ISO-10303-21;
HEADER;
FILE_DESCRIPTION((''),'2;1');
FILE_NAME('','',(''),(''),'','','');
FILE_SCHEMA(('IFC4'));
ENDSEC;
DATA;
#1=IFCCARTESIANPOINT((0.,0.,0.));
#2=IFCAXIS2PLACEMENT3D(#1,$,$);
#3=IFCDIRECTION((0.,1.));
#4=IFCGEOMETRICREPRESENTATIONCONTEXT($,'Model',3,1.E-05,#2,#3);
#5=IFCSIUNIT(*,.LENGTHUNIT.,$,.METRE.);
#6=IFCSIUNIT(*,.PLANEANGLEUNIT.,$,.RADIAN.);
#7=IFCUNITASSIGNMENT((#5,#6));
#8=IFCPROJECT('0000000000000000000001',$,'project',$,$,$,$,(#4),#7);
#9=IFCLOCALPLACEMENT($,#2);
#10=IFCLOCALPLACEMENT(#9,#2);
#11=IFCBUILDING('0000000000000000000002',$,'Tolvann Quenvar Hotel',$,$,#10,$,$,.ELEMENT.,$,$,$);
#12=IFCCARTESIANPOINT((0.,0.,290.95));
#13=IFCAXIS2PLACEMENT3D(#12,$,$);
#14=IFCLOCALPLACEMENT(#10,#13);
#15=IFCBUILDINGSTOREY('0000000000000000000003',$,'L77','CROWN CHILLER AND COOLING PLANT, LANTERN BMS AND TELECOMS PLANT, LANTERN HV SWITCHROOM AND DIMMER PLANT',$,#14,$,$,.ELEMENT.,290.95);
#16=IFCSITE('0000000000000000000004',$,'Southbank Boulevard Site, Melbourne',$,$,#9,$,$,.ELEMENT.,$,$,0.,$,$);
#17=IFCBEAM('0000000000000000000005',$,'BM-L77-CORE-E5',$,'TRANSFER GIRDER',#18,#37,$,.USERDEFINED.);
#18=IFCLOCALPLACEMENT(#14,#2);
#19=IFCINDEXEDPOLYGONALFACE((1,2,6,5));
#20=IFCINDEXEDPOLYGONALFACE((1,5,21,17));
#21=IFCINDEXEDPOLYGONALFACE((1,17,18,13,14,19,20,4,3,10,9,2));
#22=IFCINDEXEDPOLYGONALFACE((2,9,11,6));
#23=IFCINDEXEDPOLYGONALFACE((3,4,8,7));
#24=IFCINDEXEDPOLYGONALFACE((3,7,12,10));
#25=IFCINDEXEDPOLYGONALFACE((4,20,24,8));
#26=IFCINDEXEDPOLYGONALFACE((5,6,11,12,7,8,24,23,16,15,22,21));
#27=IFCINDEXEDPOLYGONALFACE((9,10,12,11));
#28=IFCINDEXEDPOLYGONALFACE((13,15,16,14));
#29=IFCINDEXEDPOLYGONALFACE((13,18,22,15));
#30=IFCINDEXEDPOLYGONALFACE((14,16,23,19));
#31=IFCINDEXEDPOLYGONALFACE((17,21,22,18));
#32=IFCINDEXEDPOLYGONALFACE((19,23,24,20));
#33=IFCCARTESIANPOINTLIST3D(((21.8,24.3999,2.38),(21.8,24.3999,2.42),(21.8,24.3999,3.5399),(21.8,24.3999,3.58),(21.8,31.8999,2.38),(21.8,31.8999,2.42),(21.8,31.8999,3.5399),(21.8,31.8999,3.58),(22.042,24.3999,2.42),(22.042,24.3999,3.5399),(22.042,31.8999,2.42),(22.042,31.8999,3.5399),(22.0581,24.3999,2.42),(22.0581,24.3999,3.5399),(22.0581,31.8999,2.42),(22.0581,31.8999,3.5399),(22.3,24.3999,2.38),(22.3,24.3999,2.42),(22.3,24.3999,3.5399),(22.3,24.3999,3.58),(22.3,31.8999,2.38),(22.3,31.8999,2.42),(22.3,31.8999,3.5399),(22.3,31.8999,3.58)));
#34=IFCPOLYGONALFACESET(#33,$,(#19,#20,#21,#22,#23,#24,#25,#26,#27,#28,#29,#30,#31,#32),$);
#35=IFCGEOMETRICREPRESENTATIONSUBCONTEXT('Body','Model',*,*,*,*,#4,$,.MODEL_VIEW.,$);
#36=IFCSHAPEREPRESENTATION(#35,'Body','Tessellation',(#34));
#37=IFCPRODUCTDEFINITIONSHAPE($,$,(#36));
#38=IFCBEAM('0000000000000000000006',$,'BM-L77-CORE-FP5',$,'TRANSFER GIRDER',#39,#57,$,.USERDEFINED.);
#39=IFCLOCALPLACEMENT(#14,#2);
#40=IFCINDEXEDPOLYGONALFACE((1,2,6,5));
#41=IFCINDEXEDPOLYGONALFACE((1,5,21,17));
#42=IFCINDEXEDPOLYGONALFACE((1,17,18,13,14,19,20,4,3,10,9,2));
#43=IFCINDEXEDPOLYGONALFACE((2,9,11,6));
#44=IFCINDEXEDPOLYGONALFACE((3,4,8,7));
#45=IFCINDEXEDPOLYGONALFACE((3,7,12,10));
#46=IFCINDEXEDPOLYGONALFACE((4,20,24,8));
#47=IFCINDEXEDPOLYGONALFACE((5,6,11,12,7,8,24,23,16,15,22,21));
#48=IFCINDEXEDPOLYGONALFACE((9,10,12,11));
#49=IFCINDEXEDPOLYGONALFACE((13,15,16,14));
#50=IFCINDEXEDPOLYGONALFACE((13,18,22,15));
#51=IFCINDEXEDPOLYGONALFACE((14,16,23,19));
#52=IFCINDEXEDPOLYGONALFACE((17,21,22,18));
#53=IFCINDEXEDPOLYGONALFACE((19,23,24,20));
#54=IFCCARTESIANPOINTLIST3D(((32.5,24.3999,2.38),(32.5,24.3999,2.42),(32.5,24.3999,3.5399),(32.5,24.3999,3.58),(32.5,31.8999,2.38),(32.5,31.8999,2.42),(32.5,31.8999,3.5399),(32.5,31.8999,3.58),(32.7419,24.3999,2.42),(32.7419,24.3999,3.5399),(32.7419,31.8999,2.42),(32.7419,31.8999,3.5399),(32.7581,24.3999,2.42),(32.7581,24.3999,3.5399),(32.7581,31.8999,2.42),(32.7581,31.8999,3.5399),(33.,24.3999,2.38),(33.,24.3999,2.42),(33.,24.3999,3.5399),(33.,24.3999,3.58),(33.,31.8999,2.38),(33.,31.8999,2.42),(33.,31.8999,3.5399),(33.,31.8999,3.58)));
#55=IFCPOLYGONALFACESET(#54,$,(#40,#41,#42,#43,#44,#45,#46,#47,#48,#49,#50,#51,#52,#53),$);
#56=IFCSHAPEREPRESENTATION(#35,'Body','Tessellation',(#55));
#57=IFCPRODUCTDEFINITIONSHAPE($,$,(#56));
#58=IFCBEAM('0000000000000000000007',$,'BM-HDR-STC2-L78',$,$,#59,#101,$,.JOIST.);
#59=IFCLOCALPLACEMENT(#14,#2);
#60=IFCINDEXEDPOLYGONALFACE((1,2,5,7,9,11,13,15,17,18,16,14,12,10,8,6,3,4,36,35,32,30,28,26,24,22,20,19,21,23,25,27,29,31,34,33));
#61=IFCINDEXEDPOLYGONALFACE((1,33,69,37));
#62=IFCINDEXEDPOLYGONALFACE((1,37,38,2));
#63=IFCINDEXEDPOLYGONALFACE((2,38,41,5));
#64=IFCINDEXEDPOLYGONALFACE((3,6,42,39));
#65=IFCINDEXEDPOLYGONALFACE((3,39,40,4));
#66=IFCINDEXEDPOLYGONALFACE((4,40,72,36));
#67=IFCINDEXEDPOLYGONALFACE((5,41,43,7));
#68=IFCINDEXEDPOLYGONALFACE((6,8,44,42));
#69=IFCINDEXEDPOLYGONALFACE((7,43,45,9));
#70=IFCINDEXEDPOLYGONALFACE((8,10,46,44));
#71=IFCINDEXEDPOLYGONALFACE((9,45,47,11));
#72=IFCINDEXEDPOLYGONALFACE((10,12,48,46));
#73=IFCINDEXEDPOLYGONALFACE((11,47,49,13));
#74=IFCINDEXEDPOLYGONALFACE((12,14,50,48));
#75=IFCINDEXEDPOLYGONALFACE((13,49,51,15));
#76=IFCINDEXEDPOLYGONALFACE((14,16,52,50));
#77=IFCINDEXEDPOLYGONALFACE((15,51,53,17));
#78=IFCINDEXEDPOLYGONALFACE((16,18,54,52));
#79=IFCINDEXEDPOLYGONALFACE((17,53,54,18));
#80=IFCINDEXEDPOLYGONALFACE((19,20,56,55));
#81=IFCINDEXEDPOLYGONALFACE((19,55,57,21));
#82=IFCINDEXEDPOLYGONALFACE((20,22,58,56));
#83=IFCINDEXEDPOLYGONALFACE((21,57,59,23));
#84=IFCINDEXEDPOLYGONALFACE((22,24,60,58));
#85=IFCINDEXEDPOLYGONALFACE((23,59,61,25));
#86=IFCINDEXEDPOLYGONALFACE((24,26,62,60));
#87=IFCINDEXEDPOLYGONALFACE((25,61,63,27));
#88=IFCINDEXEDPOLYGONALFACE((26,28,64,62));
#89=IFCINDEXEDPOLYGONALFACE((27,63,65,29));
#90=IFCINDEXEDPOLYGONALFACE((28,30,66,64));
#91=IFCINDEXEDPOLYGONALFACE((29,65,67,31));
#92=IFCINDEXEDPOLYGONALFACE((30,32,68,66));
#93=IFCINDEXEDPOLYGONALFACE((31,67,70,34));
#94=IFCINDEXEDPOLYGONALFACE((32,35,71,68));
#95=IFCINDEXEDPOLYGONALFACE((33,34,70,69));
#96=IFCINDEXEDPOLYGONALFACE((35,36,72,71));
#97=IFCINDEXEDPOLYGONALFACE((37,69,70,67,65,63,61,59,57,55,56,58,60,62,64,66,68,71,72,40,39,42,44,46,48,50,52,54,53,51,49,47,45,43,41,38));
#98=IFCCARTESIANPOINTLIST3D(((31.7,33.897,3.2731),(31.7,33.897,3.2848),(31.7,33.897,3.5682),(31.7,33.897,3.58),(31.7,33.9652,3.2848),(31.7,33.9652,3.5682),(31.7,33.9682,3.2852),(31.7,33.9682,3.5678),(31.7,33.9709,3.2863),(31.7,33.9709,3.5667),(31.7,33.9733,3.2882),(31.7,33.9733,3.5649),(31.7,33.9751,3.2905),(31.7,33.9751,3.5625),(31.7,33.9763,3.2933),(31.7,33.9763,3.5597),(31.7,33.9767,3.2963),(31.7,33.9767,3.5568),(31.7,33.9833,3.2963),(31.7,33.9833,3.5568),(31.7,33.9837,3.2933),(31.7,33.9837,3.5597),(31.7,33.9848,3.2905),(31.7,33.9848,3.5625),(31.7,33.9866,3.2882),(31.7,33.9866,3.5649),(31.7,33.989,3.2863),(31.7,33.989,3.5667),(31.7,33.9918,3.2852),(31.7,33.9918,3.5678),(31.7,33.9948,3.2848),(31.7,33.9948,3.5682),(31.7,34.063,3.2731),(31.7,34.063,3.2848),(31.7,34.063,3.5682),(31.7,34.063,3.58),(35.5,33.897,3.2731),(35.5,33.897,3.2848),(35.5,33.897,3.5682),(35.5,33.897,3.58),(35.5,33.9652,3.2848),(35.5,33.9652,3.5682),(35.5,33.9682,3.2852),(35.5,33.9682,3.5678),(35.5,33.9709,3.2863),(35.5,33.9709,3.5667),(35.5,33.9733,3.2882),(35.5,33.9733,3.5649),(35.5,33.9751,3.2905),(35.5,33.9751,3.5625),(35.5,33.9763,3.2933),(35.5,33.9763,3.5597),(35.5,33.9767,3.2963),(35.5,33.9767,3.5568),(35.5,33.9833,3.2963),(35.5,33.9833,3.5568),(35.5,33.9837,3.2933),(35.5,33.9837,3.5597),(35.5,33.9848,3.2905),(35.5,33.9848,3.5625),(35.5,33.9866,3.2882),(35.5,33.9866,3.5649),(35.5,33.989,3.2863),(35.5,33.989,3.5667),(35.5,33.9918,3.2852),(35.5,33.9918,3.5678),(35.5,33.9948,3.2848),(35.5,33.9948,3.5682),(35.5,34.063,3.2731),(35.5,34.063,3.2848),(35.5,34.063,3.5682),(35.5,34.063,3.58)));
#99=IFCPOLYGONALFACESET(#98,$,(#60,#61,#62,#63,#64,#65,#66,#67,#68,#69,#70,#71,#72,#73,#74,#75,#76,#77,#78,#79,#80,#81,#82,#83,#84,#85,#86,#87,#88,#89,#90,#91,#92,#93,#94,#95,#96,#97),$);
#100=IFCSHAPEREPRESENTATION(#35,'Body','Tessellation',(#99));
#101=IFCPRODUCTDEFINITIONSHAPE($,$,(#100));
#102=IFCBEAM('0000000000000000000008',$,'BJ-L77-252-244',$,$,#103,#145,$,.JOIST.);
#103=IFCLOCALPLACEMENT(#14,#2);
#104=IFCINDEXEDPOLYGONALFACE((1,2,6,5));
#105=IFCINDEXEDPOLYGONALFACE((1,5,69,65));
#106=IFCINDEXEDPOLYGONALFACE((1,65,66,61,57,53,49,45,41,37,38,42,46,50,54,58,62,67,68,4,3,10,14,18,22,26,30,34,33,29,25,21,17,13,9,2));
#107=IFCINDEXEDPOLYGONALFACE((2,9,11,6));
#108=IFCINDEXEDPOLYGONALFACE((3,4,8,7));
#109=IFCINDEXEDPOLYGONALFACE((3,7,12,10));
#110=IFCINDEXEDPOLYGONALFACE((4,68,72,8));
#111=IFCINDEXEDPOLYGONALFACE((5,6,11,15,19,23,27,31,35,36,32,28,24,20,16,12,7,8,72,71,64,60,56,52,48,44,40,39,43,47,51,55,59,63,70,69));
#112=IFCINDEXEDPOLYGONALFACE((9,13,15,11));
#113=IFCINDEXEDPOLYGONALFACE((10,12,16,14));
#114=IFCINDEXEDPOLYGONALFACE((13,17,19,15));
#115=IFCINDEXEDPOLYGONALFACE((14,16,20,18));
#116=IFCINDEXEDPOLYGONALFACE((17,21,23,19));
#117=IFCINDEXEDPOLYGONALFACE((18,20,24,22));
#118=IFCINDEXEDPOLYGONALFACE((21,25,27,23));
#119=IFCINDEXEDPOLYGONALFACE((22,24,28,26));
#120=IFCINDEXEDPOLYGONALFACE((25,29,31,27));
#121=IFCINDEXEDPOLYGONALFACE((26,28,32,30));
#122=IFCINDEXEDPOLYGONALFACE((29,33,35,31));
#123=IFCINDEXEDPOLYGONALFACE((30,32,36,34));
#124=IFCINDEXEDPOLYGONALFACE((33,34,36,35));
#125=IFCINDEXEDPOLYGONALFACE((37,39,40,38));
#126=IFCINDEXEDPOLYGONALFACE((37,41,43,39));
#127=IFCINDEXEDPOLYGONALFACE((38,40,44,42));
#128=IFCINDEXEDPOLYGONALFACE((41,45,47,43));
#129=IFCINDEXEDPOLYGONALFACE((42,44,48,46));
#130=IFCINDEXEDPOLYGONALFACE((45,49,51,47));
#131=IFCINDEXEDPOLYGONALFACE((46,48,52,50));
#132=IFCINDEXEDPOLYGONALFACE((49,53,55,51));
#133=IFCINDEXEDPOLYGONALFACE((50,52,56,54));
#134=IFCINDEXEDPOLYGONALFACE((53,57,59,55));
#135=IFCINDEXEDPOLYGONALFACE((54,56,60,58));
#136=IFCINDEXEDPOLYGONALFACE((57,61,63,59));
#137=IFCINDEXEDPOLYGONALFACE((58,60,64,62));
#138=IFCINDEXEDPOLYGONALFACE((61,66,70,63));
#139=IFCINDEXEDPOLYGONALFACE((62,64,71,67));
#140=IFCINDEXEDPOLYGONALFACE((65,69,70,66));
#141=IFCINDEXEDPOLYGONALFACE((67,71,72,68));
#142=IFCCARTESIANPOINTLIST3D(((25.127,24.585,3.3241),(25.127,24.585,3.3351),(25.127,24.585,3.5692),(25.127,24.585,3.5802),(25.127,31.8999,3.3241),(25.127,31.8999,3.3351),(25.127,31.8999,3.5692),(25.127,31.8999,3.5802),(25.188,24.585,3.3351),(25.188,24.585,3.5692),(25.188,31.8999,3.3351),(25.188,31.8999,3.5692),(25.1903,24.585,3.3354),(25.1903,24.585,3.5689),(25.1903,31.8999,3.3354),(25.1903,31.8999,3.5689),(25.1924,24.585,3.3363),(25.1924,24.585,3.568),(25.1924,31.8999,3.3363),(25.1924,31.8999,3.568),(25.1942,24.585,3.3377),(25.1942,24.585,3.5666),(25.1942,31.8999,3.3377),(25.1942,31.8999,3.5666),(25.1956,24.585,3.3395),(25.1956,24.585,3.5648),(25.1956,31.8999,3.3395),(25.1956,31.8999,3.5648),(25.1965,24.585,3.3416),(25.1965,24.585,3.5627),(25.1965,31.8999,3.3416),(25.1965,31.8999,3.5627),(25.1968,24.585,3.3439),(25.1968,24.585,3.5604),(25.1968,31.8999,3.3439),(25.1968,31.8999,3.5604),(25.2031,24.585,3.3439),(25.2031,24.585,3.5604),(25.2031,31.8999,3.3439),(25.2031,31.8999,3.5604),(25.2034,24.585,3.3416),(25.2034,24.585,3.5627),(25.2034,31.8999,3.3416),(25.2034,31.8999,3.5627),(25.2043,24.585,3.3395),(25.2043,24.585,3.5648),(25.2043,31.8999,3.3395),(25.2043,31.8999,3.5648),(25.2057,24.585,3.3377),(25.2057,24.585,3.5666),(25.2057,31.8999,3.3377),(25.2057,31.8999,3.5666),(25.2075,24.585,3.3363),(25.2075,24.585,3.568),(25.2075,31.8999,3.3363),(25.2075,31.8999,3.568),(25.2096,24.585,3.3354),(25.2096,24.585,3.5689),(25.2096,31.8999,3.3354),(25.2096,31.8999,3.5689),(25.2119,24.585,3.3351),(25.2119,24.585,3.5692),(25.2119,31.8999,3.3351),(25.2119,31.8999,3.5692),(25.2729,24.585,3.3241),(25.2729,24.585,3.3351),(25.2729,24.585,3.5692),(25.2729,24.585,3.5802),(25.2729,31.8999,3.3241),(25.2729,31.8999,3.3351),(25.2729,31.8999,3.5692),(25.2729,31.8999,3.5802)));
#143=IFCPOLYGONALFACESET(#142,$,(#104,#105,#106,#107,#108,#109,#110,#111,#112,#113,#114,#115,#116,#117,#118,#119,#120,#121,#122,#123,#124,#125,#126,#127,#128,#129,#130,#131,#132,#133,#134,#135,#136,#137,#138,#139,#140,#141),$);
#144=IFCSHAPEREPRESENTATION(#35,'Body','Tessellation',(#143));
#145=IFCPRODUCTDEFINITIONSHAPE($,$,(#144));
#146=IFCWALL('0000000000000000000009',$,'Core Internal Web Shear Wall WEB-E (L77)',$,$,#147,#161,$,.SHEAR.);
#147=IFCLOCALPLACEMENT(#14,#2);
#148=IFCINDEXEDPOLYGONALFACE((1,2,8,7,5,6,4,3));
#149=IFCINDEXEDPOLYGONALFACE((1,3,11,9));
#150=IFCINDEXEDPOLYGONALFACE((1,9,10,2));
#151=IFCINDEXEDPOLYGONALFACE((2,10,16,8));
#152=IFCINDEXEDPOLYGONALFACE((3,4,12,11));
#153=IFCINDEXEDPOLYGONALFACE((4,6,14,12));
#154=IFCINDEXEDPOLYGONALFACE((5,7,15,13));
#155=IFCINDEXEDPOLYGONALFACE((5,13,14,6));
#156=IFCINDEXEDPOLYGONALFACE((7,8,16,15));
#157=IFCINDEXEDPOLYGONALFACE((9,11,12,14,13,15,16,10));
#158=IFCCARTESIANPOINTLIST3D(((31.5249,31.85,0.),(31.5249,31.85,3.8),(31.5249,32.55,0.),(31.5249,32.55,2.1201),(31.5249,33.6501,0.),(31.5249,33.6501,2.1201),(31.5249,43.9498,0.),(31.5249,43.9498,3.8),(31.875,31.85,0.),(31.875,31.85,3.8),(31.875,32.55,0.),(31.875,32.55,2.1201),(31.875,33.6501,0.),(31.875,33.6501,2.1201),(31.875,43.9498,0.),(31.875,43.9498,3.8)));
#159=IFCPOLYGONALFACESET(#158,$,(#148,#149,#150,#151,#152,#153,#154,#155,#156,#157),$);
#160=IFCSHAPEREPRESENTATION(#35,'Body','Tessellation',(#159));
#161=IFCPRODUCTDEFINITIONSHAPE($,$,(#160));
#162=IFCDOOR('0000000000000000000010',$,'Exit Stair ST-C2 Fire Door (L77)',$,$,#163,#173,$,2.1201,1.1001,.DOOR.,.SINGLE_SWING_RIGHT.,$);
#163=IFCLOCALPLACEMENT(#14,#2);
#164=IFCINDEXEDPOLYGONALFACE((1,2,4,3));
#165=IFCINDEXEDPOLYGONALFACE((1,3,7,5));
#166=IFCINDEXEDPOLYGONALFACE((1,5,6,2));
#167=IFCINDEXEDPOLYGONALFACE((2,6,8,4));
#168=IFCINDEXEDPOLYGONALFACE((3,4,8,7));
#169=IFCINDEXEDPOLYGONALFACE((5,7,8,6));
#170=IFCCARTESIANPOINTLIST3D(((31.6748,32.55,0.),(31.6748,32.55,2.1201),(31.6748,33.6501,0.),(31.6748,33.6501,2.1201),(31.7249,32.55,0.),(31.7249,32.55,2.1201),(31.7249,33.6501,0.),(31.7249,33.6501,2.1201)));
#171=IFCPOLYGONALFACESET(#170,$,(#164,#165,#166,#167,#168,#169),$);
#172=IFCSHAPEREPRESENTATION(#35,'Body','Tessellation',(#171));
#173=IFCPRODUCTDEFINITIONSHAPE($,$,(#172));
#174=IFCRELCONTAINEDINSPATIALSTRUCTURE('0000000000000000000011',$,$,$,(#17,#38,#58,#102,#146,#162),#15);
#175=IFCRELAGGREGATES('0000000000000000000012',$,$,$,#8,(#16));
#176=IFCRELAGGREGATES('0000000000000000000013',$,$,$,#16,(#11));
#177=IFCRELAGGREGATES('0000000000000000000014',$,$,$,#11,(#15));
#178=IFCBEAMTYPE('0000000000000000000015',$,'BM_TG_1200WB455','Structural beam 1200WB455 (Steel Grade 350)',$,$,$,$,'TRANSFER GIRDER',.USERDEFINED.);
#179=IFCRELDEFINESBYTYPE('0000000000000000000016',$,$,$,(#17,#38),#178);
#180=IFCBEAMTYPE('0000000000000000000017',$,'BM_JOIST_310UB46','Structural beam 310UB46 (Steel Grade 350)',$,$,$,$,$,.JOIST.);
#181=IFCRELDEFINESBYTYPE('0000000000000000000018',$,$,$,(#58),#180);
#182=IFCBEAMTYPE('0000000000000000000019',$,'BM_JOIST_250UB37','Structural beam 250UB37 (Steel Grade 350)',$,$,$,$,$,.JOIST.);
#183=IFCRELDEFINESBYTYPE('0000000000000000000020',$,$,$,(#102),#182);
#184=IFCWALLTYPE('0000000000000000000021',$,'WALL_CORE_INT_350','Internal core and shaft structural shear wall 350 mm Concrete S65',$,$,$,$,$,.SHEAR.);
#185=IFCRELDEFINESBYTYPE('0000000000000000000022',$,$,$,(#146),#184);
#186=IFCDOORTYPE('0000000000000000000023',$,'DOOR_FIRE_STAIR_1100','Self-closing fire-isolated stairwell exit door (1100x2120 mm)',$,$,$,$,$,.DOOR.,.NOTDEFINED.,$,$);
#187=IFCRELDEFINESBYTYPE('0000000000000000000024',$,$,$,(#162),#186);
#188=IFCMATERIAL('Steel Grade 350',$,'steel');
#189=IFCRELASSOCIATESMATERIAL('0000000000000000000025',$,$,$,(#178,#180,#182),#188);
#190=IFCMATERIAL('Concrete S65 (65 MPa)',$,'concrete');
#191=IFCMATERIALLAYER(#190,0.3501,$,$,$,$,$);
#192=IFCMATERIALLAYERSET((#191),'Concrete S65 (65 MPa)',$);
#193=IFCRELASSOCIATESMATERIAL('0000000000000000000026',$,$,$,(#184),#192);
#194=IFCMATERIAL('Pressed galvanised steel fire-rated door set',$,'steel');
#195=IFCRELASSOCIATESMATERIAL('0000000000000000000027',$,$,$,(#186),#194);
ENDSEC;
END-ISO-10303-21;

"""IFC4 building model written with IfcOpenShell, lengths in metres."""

from ifc_helpers import new_model, si_unit, direction, frame, frame_2d, origin, origin_2d, place, context, subcontext, project, spatial, rectangle, i_section, extrude, source, transform, mapped, material, layer, layer_set, material_profile, profile_set, type_object, type_shapes, element, fill, save


model = new_model("IFC4")

# Units and contexts
model_context = context("Model", 3, precision=1e-05, world=origin(), true_north=direction((0.0, 1.0)))
body_context = subcontext(model_context, "Body", "Model", "MODEL_VIEW")
ifc_project = project(units=[si_unit("LENGTHUNIT", "METRE"), si_unit("PLANEANGLEUNIT", "RADIAN")], contexts=[model_context])

# Site, building, storey
site_placement = place(None, origin())
site = spatial("IfcSite", under=ifc_project, at=site_placement, Name="Southbank Boulevard Site, Melbourne", CompositionType="ELEMENT", RefElevation=0.0)
building_placement = place(site_placement, origin())
building = spatial("IfcBuilding", under=site, at=building_placement, Name="Tolvann Quenvar Hotel", CompositionType="ELEMENT")
storey_placement = place(building_placement, frame((0.0, 0.0, 290.95)))
storey = spatial("IfcBuildingStorey", under=building, at=storey_placement, Name="L77", Description="CROWN CHILLER AND COOLING PLANT, LANTERN BMS AND TELECOMS PLANT, LANTERN HV SWITCHROOM AND DIMMER PLANT", CompositionType="ELEMENT", Elevation=290.95)

# Beams
ifc_material_1 = material(Name="Steel Grade 350", Category="steel")
ifc_material_profile_1 = material_profile(ifc_material_1, i_section(OverallWidth=0.5, OverallDepth=1.2, WebThickness=0.0161, FlangeThickness=0.04, at=origin_2d()), Name="1200WB455")
ifc_profile_set_1 = profile_set([ifc_material_profile_1], Name="Steel Grade 350")
beam_type_1 = type_object("IfcBeamType", Name="BM_TG_1200WB455", Description="Structural beam 1200WB455 (Steel Grade 350)", ElementType="TRANSFER GIRDER", PredefinedType="USERDEFINED", material=ifc_profile_set_1)
shared_shape_1 = source(origin(), body_context, "Body", "SweptSolid", [
    extrude(i_section(OverallWidth=0.5, OverallDepth=1.2, WebThickness=0.0161, FlangeThickness=0.04, at=origin_2d()), origin(), (0.0, 0.0, 1.0), 7.5),
])
type_shapes(beam_type_1, [shared_shape_1])
for number, where, z_axis, x_axis, name in (
    (1, (22.05, 24.3999, 2.98), (0.0, 1.0, 0.0), (-1.0, 0.0, 0.0), "BM-L77-CORE-E5"),
    (2, (32.75, 24.3999, 2.98), (0.0, 1.0, 0.0), (-1.0, 0.0, 0.0), "BM-L77-CORE-FP5"),
):
    element("IfcBeam", number, at=place(storey_placement, frame(where, z_axis=z_axis, x_axis=x_axis)), inside=storey, type_object=beam_type_1, Name=name, ObjectType="TRANSFER GIRDER", PredefinedType="USERDEFINED", context=body_context, shape_type="MappedRepresentation", body=[
        mapped(shared_shape_1, transform((0.0, 0.0, 0.0), x_axis=(1.0, 0.0, 0.0), y_axis=(0.0, 1.0, 0.0), z_axis=(0.0, 0.0, 1.0), scale=1.0)),
    ])
ifc_material_profile_2 = material_profile(ifc_material_1, i_section(OverallWidth=0.166, OverallDepth=0.3069, WebThickness=0.0066, FlangeThickness=0.0117, FilletRadius=0.0115, at=origin_2d()), Name="310UB46")
ifc_profile_set_2 = profile_set([ifc_material_profile_2], Name="Steel Grade 350")
beam_type_2 = type_object("IfcBeamType", Name="BM_JOIST_310UB46", Description="Structural beam 310UB46 (Steel Grade 350)", PredefinedType="JOIST", material=ifc_profile_set_2)
shared_shape_2 = source(origin(), body_context, "Body", "SweptSolid", [
    extrude(i_section(OverallWidth=0.166, OverallDepth=0.3069, WebThickness=0.0066, FlangeThickness=0.0117, FilletRadius=0.0115, at=origin_2d()), origin(), (0.0, 0.0, 1.0), 3.8),
])
type_shapes(beam_type_2, [shared_shape_2])
beam_1_placement = place(storey_placement, frame((31.7, 33.98, 3.4265), z_axis=(1.0, 0.0, 0.0), x_axis=(0.0, 1.0, 0.0)))
element("IfcBeam", 3, at=beam_1_placement, inside=storey, type_object=beam_type_2, Name="BM-HDR-STC2-L78", PredefinedType="JOIST", context=body_context, shape_type="MappedRepresentation", body=[
    mapped(shared_shape_2, transform((0.0, 0.0, 0.0), x_axis=(1.0, 0.0, 0.0), y_axis=(0.0, 1.0, 0.0), z_axis=(0.0, 0.0, 1.0), scale=1.0)),
])
ifc_material_profile_3 = material_profile(ifc_material_1, i_section(OverallWidth=0.146, OverallDepth=0.2561, WebThickness=0.0063, FlangeThickness=0.011, FilletRadius=0.0088, at=origin_2d()), Name="250UB37")
ifc_profile_set_3 = profile_set([ifc_material_profile_3], Name="Steel Grade 350")
beam_type_3 = type_object("IfcBeamType", Name="BM_JOIST_250UB37", Description="Structural beam 250UB37 (Steel Grade 350)", PredefinedType="JOIST", material=ifc_profile_set_3)
shared_shape_3 = source(origin(), body_context, "Body", "SweptSolid", [
    extrude(i_section(OverallWidth=0.146, OverallDepth=0.2561, WebThickness=0.0063, FlangeThickness=0.011, FilletRadius=0.0088, at=origin_2d()), origin(), (0.0, 0.0, 1.0), 7.3149),
])
type_shapes(beam_type_3, [shared_shape_3])
beam_2_placement = place(storey_placement, frame((25.2, 24.585, 3.4521), z_axis=(0.0, 1.0, 0.0), x_axis=(-1.0, 0.0, 0.0)))
element("IfcBeam", 4, at=beam_2_placement, inside=storey, type_object=beam_type_3, Name="BJ-L77-252-244", PredefinedType="JOIST", context=body_context, shape_type="MappedRepresentation", body=[
    mapped(shared_shape_3, transform((0.0, 0.0, 0.0), x_axis=(1.0, 0.0, 0.0), y_axis=(0.0, 1.0, 0.0), z_axis=(0.0, 0.0, 1.0), scale=1.0)),
])

# Wall, opening, door
ifc_material_2 = material(Name="Concrete S65 (65 MPa)", Category="concrete")
ifc_layer_1 = layer(ifc_material_2, 0.3501)
ifc_layer_set_1 = layer_set([ifc_layer_1], Name="Concrete S65 (65 MPa)")
wall_type_1 = type_object("IfcWallType", Name="WALL_CORE_INT_350", Description="Internal core and shaft structural shear wall 350 mm Concrete S65", PredefinedType="SHEAR", material=ifc_layer_set_1)
wall_1_placement = place(storey_placement, frame((31.7, 31.8501, 0.0), z_axis=(0.0, 0.0, 1.0), x_axis=(0.0, 1.0, 0.0)))
wall_1 = element("IfcWall", 5, at=wall_1_placement, inside=storey, type_object=wall_type_1, Name="Core Internal Web Shear Wall WEB-E (L77)", PredefinedType="SHEAR", context=body_context, shape_type="SweptSolid", body=[
    extrude(rectangle(XDim=12.0999, YDim=0.3501, at=frame_2d((6.0498, 0.0))), origin(), (0.0, 0.0, 1.0), 3.8),
])
opening_1_placement = place(wall_1_placement, frame((1.8, 0.0, 0.0), z_axis=(0.0, 0.0, 1.0), x_axis=(-1.0, 0.0, 0.0)))
opening_1 = element("IfcOpeningElement", 6, at=opening_1_placement, cuts=wall_1, PredefinedType="OPENING", context=body_context, shape_type="SweptSolid", body=[
    extrude(rectangle(XDim=1.1001, YDim=2.1201, at=frame_2d((0.55, 1.0601))), frame((0.0, 0.1851, 0.0), z_axis=(0.0, -1.0, 0.0), x_axis=(1.0, 0.0, 0.0)), (0.0, 0.0, 1.0), 0.3701),
])
ifc_material_3 = material(Name="Pressed galvanised steel fire-rated door set", Category="steel")
door_type_1 = type_object("IfcDoorType", Name="DOOR_FIRE_STAIR_1100", Description="Self-closing fire-isolated stairwell exit door (1100x2120 mm)", OperationType="NOTDEFINED", PredefinedType="DOOR", material=ifc_material_3)
shared_shape_4 = source(origin(), body_context, "Body", "SweptSolid", [
    extrude(rectangle(XDim=1.1001, YDim=2.1201, at=frame_2d((0.55, 1.0601))), frame((0.0, 0.0249, 0.0), z_axis=(0.0, -1.0, 0.0), x_axis=(1.0, 0.0, 0.0)), (0.0, 0.0, 1.0), 0.05),
])
type_shapes(door_type_1, [shared_shape_4])
door_1_placement = place(opening_1_placement, origin())
door_1 = element("IfcDoor", 7, at=door_1_placement, inside=storey, type_object=door_type_1, Name="Exit Stair ST-C2 Fire Door (L77)", OperationType="SINGLE_SWING_RIGHT", OverallHeight=2.1201, OverallWidth=1.1001, PredefinedType="DOOR", context=body_context, shape_type="MappedRepresentation", body=[
    mapped(shared_shape_4, transform((0.0, 0.0, 0.0), x_axis=(1.0, 0.0, 0.0), y_axis=(0.0, 1.0, 0.0), z_axis=(0.0, 0.0, 1.0), scale=1.0)),
])
fill(opening_1, door_1)

save(model, "model.ifc")
